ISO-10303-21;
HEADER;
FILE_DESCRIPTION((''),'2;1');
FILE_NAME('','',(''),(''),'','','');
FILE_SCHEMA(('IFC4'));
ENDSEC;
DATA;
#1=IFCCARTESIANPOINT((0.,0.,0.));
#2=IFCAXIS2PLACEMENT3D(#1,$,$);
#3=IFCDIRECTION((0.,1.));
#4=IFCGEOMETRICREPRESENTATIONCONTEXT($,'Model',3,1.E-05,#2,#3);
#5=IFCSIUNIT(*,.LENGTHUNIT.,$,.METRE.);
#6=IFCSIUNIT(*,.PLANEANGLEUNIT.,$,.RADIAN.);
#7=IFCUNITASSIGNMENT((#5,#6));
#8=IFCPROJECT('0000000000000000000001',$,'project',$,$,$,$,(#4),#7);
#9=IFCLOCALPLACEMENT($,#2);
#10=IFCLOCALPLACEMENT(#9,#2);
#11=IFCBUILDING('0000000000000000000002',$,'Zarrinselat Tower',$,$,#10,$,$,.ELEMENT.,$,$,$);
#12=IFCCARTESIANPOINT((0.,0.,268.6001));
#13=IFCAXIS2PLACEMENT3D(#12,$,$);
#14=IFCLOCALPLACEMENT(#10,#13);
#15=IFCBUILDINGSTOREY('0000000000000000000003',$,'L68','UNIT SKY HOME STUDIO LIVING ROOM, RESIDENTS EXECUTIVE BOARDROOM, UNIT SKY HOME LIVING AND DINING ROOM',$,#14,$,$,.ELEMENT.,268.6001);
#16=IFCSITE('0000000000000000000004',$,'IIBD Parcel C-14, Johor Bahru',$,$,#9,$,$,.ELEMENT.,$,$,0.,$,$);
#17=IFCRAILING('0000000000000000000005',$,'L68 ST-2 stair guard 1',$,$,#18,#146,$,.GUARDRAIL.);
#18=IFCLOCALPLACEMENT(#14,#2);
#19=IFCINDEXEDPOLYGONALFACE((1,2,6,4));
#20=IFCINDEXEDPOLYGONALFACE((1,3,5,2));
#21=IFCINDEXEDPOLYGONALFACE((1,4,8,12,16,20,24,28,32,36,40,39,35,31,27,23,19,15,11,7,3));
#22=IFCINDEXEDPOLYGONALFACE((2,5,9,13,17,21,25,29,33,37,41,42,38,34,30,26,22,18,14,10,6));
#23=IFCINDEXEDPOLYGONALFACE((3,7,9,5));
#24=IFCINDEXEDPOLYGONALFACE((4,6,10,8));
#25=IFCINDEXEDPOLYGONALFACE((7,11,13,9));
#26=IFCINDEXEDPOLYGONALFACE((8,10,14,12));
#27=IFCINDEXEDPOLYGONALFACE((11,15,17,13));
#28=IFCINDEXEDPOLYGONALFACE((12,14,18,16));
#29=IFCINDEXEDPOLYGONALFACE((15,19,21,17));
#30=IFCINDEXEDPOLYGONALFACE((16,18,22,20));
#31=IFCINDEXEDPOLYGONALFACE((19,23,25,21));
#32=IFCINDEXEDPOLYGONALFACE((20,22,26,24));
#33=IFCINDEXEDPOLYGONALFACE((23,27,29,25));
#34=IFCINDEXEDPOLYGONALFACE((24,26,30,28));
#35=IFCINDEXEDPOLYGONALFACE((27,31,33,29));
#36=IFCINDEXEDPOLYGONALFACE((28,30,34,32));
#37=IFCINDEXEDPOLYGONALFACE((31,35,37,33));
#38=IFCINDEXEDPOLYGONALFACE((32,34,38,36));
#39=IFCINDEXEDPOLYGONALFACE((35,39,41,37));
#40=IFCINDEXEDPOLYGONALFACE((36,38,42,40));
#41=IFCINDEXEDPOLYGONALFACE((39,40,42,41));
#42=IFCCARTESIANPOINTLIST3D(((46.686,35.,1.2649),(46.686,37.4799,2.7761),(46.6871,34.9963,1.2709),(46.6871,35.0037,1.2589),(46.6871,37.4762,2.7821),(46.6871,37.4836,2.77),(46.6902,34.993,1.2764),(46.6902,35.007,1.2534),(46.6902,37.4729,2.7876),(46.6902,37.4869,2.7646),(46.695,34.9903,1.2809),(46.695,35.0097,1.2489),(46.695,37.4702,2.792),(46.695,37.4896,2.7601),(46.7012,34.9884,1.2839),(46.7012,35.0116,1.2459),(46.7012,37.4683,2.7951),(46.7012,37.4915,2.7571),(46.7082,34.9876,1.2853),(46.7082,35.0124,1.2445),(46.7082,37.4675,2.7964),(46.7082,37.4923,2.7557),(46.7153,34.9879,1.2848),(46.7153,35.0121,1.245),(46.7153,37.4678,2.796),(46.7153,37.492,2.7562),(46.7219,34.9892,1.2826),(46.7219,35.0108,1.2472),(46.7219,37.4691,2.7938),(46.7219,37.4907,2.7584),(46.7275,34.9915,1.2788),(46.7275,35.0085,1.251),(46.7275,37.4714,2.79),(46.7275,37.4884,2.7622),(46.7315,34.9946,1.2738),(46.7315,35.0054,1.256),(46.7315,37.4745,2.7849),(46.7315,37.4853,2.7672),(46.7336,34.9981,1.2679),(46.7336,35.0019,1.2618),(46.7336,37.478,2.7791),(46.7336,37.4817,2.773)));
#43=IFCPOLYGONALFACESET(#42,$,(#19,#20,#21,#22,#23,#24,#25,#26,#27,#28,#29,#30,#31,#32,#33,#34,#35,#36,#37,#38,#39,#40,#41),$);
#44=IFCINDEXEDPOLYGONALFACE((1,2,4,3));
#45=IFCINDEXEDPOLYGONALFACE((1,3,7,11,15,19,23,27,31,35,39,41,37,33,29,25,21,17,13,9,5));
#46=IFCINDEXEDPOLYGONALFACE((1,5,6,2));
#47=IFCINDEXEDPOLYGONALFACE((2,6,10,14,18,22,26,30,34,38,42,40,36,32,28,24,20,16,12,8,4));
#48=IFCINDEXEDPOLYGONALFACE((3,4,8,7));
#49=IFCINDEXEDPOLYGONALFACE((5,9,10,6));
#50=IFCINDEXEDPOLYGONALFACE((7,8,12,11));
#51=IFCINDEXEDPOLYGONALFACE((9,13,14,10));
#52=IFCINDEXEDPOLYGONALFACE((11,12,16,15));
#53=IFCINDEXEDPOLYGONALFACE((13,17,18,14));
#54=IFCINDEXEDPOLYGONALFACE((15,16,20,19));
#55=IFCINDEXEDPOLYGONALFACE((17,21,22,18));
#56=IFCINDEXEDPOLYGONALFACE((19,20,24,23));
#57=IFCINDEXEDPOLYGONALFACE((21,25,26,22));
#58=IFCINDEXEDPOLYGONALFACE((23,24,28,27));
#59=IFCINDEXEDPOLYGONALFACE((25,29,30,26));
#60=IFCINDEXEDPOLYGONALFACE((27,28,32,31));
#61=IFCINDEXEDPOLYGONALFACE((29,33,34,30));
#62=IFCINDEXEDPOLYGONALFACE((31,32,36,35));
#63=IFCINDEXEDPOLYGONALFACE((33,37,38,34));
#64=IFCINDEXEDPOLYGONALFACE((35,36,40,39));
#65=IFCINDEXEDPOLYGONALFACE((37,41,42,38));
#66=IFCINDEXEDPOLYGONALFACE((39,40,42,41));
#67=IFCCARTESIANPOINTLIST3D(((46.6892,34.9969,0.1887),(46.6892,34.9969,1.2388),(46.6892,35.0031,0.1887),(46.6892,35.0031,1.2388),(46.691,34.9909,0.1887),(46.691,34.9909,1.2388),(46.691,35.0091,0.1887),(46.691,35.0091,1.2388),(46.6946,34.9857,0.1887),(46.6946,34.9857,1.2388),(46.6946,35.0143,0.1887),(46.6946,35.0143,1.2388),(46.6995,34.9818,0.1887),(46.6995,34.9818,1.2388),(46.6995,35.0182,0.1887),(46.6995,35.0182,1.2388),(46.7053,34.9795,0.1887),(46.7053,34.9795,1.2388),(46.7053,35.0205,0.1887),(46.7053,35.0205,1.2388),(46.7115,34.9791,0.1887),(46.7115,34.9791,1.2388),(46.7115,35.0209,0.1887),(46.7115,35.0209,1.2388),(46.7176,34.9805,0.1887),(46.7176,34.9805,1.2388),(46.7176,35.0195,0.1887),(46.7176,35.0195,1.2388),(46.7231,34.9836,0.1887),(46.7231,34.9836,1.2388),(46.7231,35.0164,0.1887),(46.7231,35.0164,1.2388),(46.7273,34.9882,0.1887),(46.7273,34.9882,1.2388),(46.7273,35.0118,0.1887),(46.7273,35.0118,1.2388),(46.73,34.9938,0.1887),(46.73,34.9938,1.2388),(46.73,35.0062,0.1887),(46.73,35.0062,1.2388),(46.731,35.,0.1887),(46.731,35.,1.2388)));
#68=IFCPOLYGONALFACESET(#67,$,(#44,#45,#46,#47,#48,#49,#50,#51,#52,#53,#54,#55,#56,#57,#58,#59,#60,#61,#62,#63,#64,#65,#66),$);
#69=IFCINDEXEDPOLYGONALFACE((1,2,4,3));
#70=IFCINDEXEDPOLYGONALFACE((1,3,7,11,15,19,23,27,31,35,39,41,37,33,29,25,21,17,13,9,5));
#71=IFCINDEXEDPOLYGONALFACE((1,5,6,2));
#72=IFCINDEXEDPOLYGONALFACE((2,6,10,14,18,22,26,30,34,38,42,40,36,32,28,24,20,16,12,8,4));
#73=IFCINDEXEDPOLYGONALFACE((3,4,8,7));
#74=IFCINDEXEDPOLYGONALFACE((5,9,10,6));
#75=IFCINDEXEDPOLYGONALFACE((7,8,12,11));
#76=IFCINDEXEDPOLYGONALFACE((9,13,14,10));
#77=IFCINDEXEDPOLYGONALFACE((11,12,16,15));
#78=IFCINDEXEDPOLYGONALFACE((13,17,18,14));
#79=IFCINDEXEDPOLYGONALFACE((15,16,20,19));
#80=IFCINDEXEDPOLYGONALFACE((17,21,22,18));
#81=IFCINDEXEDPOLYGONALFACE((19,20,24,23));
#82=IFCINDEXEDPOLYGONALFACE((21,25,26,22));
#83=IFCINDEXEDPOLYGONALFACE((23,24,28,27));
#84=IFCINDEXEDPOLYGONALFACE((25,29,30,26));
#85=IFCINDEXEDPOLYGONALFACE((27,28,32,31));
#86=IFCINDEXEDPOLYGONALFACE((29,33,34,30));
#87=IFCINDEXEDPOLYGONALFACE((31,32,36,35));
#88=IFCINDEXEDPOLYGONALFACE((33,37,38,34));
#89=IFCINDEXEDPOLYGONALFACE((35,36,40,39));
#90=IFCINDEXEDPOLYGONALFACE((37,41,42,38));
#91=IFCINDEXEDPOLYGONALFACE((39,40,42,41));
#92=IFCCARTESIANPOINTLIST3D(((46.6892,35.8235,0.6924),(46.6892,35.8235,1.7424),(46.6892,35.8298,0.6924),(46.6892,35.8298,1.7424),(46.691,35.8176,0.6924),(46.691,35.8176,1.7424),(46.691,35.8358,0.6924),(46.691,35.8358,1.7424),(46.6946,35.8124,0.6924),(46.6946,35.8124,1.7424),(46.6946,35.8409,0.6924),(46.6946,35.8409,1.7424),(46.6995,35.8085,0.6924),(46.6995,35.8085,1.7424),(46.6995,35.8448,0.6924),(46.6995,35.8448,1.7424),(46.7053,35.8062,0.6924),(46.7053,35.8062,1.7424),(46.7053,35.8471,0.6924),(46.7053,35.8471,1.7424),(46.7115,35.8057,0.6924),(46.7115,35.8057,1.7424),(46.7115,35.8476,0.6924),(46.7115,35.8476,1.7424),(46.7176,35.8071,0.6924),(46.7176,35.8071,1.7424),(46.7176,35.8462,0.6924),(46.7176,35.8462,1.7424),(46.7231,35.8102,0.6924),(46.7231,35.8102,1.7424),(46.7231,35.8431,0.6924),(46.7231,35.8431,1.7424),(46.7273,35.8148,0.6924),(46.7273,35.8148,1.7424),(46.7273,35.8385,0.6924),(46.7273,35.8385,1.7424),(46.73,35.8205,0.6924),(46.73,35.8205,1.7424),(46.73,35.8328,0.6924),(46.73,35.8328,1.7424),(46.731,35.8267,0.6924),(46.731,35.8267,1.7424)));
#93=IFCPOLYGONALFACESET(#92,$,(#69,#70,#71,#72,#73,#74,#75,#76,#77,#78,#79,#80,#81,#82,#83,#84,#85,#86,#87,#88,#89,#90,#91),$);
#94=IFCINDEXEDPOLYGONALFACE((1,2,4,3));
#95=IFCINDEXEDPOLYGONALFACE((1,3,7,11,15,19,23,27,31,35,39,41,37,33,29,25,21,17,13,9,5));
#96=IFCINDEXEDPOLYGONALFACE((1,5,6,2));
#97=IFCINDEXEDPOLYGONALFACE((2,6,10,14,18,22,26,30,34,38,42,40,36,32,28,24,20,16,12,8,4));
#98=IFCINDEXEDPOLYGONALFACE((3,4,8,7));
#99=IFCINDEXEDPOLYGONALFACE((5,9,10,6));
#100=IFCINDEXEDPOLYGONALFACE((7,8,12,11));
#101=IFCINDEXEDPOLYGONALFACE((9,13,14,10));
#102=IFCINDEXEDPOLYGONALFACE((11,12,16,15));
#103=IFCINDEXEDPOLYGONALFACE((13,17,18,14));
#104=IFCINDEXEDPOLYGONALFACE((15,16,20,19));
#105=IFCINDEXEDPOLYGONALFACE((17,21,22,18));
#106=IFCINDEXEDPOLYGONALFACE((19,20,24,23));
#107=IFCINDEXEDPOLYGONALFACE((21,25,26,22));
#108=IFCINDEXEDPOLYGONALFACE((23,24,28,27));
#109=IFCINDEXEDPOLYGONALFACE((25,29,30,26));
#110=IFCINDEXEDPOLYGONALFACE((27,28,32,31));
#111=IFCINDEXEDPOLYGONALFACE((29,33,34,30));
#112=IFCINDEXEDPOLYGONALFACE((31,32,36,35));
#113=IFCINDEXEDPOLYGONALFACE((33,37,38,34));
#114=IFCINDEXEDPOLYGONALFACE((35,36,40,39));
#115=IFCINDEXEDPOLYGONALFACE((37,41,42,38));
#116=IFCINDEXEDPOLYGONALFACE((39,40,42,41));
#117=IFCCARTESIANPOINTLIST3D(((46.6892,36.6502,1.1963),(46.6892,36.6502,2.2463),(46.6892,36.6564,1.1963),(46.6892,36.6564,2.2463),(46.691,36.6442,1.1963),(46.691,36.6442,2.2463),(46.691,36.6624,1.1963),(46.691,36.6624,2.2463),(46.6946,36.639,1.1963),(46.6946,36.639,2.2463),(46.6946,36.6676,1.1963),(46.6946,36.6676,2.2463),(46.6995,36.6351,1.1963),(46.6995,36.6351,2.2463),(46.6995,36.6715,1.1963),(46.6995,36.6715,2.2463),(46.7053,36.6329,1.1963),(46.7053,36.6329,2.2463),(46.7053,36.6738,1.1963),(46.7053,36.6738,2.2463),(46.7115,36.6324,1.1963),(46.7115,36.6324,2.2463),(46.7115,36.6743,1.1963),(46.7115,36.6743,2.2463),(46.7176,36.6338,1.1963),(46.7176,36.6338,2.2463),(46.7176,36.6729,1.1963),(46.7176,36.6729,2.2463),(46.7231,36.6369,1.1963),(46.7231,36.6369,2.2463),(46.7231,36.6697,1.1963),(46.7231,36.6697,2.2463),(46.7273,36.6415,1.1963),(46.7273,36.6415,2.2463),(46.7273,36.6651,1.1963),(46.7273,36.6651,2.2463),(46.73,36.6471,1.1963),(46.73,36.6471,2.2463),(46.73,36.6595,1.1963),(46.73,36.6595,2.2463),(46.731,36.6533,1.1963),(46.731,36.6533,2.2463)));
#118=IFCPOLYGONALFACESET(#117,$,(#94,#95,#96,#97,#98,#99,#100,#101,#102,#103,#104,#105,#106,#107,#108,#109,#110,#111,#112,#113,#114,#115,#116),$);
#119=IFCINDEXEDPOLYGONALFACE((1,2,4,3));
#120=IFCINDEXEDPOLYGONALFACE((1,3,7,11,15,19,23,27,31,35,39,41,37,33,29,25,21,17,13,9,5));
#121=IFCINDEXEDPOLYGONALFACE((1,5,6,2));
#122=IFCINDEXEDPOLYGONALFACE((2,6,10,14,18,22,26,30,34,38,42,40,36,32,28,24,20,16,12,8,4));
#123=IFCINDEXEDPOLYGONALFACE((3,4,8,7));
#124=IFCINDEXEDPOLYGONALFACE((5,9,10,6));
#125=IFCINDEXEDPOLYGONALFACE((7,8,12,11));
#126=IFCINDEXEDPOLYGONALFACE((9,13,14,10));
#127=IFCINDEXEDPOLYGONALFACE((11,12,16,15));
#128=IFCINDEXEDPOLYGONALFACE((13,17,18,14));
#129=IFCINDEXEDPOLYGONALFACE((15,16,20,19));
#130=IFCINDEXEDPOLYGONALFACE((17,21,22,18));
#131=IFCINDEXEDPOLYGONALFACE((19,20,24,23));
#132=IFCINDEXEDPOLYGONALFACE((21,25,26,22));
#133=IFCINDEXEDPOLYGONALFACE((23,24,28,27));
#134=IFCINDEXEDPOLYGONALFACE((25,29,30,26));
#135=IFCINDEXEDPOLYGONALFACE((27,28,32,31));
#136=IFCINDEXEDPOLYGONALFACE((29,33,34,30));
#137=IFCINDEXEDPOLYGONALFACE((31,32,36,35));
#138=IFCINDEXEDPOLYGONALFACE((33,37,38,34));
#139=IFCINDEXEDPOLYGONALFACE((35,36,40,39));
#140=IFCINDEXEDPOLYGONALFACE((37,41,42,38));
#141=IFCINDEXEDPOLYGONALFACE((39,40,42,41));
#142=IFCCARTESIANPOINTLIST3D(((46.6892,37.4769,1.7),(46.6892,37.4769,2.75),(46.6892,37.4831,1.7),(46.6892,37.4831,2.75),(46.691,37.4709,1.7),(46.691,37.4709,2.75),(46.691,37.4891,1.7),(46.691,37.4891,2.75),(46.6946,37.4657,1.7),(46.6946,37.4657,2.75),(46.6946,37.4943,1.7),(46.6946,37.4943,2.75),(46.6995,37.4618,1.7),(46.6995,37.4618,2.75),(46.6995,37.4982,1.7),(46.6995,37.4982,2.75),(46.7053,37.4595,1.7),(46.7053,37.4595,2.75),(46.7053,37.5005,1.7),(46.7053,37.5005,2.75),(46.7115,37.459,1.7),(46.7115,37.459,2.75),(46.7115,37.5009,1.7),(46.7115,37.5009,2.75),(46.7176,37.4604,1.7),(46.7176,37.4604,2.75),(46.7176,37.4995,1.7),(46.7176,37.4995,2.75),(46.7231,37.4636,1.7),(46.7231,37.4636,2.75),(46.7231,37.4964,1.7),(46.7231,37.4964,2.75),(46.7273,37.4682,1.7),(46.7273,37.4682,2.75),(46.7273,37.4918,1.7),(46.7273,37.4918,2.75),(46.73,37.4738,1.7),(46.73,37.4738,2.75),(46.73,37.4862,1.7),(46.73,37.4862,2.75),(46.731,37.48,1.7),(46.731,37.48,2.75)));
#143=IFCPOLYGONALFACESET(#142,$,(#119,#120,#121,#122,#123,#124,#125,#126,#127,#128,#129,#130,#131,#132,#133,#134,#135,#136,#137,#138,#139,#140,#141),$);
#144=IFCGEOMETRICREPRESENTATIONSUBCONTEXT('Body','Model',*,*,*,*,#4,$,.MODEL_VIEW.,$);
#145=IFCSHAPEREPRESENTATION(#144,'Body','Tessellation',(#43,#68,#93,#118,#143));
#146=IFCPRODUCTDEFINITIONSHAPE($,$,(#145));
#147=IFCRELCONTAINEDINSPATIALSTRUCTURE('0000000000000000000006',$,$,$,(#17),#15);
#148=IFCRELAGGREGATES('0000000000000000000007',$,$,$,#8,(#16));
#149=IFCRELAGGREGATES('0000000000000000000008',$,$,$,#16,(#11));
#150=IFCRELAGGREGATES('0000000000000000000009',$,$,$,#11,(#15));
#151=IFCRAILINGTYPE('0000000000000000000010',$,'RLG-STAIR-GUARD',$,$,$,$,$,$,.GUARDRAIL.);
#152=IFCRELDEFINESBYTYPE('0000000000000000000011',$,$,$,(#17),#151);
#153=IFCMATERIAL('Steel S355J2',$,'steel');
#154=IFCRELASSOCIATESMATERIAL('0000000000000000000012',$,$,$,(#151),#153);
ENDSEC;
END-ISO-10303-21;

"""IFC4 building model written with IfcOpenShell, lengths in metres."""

from ifc_helpers import new_model, si_unit, direction, frame, origin, origin_2d, place, context, subcontext, project, spatial, circle, extrude, material, type_object, element, save


model = new_model("IFC4")

# Units and contexts
model_context = context("Model", 3, precision=1e-05, world=origin(), true_north=direction((0.0, 1.0)))
body_context = subcontext(model_context, "Body", "Model", "MODEL_VIEW")
ifc_project = project(units=[si_unit("LENGTHUNIT", "METRE"), si_unit("PLANEANGLEUNIT", "RADIAN")], contexts=[model_context])

# Site, building, storey
site_placement = place(None, origin())
site = spatial("IfcSite", under=ifc_project, at=site_placement, Name="IIBD Parcel C-14, Johor Bahru", CompositionType="ELEMENT", RefElevation=0.0)
building_placement = place(site_placement, origin())
building = spatial("IfcBuilding", under=site, at=building_placement, Name="Zarrinselat Tower", CompositionType="ELEMENT")
storey_placement = place(building_placement, frame((0.0, 0.0, 268.6001)))
storey = spatial("IfcBuildingStorey", under=building, at=storey_placement, Name="L68", Description="UNIT SKY HOME STUDIO LIVING ROOM, RESIDENTS EXECUTIVE BOARDROOM, UNIT SKY HOME LIVING AND DINING ROOM", CompositionType="ELEMENT", Elevation=268.6001)

# Railing
ifc_material_1 = material(Name="Steel S355J2", Category="steel")
railing_type_1 = type_object("IfcRailingType", Name="RLG-STAIR-GUARD", PredefinedType="GUARDRAIL", material=ifc_material_1)
railing_1_placement = place(storey_placement, frame((46.71, 35.0, 0.1887)))
element("IfcRailing", 1, at=railing_1_placement, inside=storey, type_object=railing_type_1, Name="L68 ST-2 stair guard 1", PredefinedType="GUARDRAIL", context=body_context, shape_type="SweptSolid", body=[
    extrude(circle(Radius=0.0239, at=origin_2d()), frame((0.0, 0.0, 1.0762), z_axis=(0.0, 0.853942, 0.520368), x_axis=(-1.0, 0.0, 0.0)), (0.0, 0.0, 1.0), 2.9041),
    extrude(circle(Radius=0.021, at=origin_2d()), origin(), (0.0, 0.0, 1.0), 1.05),
    extrude(circle(Radius=0.021, at=origin_2d()), frame((0.0, 0.8267, 0.5037)), (0.0, 0.0, 1.0), 1.05),
    extrude(circle(Radius=0.021, at=origin_2d()), frame((0.0, 1.6533, 1.0076)), (0.0, 0.0, 1.0), 1.05),
    extrude(circle(Radius=0.021, at=origin_2d()), frame((0.0, 2.48, 1.5112)), (0.0, 0.0, 1.0), 1.05),
])

save(model, "model.ifc")
